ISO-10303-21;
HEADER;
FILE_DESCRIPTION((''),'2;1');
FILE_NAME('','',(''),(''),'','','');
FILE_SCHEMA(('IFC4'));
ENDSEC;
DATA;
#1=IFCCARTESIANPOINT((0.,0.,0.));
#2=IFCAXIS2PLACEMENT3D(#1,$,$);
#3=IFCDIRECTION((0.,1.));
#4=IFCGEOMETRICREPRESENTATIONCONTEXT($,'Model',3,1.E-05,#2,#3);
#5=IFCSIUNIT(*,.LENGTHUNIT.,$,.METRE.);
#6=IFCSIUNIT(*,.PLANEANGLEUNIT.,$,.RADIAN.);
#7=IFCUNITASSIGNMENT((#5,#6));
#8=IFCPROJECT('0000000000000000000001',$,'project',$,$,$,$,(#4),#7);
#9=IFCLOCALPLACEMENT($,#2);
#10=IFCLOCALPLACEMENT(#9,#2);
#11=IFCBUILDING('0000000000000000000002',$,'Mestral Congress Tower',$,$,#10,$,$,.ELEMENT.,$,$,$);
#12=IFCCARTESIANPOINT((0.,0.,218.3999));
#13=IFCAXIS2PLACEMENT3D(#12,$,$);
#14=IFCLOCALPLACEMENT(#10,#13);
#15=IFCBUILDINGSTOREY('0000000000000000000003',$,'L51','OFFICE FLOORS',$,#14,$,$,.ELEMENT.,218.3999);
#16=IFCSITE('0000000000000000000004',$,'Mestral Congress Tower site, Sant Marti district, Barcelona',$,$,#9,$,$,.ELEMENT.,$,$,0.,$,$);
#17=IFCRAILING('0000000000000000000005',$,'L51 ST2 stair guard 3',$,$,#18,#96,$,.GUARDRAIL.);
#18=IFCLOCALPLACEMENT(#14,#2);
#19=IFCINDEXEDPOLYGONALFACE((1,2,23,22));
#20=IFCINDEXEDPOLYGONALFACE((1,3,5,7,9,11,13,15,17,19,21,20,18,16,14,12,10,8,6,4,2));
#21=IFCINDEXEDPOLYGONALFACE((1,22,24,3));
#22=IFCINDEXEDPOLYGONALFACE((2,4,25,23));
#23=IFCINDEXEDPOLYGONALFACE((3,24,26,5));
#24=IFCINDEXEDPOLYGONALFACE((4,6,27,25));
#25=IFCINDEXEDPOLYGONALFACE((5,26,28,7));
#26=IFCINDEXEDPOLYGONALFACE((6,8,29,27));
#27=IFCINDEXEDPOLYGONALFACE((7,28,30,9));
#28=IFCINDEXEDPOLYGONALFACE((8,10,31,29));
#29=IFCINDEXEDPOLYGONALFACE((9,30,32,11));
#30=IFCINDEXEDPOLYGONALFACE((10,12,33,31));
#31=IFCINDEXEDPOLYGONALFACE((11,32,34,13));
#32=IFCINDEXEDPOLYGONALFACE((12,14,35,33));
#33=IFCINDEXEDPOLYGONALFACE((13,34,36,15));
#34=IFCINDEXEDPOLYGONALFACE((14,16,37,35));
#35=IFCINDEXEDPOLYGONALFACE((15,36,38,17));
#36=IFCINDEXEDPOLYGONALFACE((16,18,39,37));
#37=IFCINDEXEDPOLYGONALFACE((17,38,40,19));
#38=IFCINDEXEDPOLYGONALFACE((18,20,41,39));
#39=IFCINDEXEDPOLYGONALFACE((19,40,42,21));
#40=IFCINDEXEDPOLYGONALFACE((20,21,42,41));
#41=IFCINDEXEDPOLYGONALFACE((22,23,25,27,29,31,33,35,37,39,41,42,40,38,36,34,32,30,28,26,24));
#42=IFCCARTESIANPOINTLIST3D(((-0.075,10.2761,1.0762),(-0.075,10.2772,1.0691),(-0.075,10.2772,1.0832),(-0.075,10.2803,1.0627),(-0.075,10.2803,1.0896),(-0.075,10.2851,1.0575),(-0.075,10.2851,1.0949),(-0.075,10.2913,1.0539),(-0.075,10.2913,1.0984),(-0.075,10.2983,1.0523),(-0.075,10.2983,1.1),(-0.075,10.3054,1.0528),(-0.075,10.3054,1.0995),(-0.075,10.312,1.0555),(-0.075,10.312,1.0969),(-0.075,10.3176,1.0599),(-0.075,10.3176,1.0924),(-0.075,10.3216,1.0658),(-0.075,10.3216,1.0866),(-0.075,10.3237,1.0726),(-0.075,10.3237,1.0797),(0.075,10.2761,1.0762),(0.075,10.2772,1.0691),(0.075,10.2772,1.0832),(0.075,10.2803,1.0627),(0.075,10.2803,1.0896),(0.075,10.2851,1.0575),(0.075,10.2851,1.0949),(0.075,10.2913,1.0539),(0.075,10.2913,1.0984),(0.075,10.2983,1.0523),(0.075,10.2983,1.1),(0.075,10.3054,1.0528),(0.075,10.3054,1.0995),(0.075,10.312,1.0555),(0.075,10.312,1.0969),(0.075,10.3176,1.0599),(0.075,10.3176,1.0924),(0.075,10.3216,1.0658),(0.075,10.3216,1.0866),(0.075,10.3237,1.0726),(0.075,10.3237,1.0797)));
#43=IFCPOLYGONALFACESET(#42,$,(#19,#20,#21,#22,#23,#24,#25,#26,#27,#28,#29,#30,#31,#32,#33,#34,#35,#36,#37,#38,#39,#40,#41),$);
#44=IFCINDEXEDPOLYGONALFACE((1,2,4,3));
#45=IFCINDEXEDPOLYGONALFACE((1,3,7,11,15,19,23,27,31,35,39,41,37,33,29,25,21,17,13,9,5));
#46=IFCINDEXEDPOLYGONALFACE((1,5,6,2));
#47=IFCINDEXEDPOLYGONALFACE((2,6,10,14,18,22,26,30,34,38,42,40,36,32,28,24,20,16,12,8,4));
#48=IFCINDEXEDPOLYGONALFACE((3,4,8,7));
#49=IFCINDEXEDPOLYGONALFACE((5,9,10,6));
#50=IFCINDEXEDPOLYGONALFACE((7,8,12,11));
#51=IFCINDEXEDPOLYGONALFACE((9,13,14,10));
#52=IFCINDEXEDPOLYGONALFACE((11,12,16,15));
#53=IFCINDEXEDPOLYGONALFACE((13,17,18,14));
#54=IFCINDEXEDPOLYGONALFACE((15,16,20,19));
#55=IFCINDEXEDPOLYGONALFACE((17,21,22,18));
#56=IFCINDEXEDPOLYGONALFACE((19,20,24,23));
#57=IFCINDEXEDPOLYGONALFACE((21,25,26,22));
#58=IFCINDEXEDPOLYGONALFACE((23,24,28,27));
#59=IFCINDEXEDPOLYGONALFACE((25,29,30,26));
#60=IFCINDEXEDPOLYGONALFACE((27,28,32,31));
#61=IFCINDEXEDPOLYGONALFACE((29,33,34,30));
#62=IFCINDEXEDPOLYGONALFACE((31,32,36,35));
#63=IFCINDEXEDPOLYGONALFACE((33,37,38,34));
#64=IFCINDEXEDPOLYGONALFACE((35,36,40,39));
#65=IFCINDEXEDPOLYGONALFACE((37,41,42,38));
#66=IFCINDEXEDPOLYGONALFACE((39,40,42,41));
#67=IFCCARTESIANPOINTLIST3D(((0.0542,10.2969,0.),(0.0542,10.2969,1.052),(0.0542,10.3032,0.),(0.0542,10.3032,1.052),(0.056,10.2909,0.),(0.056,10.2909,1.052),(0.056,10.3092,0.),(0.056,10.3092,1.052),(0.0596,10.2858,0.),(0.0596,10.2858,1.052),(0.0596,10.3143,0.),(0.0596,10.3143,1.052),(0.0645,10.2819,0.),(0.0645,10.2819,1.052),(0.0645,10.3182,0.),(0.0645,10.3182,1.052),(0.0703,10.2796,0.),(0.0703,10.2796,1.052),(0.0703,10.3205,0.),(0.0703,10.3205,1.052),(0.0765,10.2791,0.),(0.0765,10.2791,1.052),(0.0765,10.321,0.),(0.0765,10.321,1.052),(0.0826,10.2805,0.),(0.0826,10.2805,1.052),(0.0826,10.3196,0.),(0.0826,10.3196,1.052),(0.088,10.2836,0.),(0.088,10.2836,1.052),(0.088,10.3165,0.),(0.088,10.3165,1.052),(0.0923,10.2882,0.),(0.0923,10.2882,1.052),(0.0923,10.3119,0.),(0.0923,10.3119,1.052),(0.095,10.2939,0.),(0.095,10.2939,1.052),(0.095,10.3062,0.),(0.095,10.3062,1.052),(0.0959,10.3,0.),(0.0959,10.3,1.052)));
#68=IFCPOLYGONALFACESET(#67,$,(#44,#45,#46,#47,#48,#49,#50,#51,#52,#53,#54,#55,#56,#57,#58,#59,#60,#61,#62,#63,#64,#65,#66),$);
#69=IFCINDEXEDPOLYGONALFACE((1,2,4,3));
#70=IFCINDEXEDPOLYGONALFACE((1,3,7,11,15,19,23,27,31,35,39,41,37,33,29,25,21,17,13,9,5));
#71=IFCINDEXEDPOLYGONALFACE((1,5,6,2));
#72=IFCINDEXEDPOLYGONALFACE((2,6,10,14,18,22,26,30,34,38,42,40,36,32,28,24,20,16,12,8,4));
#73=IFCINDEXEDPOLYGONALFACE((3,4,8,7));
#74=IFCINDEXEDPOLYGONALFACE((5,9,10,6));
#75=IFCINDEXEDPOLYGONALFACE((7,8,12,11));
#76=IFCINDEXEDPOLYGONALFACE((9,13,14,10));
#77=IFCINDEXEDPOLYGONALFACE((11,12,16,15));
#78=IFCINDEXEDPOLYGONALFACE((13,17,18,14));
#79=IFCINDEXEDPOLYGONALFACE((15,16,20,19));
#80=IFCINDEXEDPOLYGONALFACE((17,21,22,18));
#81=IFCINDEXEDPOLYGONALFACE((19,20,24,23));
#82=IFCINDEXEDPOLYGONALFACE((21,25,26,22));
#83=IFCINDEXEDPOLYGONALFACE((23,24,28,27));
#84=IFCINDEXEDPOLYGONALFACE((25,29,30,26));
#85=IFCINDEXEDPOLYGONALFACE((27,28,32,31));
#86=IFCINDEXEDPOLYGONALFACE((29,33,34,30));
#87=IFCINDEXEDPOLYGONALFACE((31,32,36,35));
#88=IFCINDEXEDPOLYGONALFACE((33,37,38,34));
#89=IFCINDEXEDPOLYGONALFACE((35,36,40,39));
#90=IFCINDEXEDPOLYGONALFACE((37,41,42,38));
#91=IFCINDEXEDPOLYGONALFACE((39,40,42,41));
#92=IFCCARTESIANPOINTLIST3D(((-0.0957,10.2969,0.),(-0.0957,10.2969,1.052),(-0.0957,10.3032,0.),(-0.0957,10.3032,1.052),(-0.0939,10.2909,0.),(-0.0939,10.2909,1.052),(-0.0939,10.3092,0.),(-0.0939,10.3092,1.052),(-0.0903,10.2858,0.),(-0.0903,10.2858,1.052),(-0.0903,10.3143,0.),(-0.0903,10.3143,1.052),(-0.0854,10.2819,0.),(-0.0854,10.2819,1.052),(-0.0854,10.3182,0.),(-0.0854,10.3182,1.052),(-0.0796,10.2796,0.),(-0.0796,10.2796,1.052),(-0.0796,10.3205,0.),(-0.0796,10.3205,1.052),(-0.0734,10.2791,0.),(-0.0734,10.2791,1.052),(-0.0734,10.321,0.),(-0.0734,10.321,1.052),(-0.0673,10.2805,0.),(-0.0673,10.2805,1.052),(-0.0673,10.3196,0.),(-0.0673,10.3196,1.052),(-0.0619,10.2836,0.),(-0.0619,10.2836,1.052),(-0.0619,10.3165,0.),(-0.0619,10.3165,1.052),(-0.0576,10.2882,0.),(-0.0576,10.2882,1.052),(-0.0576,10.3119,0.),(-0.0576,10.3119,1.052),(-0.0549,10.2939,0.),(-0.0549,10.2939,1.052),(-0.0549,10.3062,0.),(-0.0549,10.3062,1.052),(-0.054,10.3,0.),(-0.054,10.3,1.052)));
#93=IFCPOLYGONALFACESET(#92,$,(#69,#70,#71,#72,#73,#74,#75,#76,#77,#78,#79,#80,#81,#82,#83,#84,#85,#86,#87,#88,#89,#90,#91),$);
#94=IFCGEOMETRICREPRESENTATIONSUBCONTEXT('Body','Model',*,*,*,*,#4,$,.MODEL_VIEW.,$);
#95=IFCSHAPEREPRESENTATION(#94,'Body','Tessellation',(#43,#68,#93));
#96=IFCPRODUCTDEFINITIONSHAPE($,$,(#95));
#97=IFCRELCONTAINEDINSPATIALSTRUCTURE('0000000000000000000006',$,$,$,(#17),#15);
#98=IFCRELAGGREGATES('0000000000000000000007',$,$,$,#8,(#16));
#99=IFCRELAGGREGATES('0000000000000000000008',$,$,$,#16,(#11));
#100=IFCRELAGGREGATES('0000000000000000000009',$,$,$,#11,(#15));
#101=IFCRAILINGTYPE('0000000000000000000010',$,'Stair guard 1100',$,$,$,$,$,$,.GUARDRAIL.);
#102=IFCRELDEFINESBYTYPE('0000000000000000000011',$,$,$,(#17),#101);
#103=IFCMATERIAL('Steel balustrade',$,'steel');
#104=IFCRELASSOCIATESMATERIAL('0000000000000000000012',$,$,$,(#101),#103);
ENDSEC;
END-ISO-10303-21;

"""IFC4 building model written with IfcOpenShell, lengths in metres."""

from ifc_helpers import new_model, si_unit, direction, frame, origin, origin_2d, place, context, subcontext, project, spatial, circle, extrude, material, type_object, element, save


model = new_model("IFC4")

# Units and contexts
model_context = context("Model", 3, precision=1e-05, world=origin(), true_north=direction((0.0, 1.0)))
body_context = subcontext(model_context, "Body", "Model", "MODEL_VIEW")
ifc_project = project(units=[si_unit("LENGTHUNIT", "METRE"), si_unit("PLANEANGLEUNIT", "RADIAN")], contexts=[model_context])

# Site, building, storey
site_placement = place(None, origin())
site = spatial("IfcSite", under=ifc_project, at=site_placement, Name="Mestral Congress Tower site, Sant Marti district, Barcelona", CompositionType="ELEMENT", RefElevation=0.0)
building_placement = place(site_placement, origin())
building = spatial("IfcBuilding", under=site, at=building_placement, Name="Mestral Congress Tower", CompositionType="ELEMENT")
storey_placement = place(building_placement, frame((0.0, 0.0, 218.3999)))
storey = spatial("IfcBuildingStorey", under=building, at=storey_placement, Name="L51", Description="OFFICE FLOORS", CompositionType="ELEMENT", Elevation=218.3999)

# Railing
ifc_material_1 = material(Name="Steel balustrade", Category="steel")
railing_type_1 = type_object("IfcRailingType", Name="Stair guard 1100", PredefinedType="GUARDRAIL", material=ifc_material_1)
railing_1_placement = place(storey_placement, frame((0.075, 10.3, 0.0)))
element("IfcRailing", 1, at=railing_1_placement, inside=storey, type_object=railing_type_1, Name="L51 ST2 stair guard 3", PredefinedType="GUARDRAIL", context=body_context, shape_type="SweptSolid", body=[
    extrude(circle(Radius=0.0239, at=origin_2d()), frame((0.0, 0.0, 1.0762), z_axis=(-1.0, 0.0, 0.0), x_axis=(0.0, -1.0, 0.0)), (0.0, 0.0, 1.0), 0.1499),
    extrude(circle(Radius=0.021, at=origin_2d()), origin(), (0.0, 0.0, 1.0), 1.052),
    extrude(circle(Radius=0.021, at=origin_2d()), frame((-0.1499, 0.0, 0.0)), (0.0, 0.0, 1.0), 1.052),
])

save(model, "model.ifc")
